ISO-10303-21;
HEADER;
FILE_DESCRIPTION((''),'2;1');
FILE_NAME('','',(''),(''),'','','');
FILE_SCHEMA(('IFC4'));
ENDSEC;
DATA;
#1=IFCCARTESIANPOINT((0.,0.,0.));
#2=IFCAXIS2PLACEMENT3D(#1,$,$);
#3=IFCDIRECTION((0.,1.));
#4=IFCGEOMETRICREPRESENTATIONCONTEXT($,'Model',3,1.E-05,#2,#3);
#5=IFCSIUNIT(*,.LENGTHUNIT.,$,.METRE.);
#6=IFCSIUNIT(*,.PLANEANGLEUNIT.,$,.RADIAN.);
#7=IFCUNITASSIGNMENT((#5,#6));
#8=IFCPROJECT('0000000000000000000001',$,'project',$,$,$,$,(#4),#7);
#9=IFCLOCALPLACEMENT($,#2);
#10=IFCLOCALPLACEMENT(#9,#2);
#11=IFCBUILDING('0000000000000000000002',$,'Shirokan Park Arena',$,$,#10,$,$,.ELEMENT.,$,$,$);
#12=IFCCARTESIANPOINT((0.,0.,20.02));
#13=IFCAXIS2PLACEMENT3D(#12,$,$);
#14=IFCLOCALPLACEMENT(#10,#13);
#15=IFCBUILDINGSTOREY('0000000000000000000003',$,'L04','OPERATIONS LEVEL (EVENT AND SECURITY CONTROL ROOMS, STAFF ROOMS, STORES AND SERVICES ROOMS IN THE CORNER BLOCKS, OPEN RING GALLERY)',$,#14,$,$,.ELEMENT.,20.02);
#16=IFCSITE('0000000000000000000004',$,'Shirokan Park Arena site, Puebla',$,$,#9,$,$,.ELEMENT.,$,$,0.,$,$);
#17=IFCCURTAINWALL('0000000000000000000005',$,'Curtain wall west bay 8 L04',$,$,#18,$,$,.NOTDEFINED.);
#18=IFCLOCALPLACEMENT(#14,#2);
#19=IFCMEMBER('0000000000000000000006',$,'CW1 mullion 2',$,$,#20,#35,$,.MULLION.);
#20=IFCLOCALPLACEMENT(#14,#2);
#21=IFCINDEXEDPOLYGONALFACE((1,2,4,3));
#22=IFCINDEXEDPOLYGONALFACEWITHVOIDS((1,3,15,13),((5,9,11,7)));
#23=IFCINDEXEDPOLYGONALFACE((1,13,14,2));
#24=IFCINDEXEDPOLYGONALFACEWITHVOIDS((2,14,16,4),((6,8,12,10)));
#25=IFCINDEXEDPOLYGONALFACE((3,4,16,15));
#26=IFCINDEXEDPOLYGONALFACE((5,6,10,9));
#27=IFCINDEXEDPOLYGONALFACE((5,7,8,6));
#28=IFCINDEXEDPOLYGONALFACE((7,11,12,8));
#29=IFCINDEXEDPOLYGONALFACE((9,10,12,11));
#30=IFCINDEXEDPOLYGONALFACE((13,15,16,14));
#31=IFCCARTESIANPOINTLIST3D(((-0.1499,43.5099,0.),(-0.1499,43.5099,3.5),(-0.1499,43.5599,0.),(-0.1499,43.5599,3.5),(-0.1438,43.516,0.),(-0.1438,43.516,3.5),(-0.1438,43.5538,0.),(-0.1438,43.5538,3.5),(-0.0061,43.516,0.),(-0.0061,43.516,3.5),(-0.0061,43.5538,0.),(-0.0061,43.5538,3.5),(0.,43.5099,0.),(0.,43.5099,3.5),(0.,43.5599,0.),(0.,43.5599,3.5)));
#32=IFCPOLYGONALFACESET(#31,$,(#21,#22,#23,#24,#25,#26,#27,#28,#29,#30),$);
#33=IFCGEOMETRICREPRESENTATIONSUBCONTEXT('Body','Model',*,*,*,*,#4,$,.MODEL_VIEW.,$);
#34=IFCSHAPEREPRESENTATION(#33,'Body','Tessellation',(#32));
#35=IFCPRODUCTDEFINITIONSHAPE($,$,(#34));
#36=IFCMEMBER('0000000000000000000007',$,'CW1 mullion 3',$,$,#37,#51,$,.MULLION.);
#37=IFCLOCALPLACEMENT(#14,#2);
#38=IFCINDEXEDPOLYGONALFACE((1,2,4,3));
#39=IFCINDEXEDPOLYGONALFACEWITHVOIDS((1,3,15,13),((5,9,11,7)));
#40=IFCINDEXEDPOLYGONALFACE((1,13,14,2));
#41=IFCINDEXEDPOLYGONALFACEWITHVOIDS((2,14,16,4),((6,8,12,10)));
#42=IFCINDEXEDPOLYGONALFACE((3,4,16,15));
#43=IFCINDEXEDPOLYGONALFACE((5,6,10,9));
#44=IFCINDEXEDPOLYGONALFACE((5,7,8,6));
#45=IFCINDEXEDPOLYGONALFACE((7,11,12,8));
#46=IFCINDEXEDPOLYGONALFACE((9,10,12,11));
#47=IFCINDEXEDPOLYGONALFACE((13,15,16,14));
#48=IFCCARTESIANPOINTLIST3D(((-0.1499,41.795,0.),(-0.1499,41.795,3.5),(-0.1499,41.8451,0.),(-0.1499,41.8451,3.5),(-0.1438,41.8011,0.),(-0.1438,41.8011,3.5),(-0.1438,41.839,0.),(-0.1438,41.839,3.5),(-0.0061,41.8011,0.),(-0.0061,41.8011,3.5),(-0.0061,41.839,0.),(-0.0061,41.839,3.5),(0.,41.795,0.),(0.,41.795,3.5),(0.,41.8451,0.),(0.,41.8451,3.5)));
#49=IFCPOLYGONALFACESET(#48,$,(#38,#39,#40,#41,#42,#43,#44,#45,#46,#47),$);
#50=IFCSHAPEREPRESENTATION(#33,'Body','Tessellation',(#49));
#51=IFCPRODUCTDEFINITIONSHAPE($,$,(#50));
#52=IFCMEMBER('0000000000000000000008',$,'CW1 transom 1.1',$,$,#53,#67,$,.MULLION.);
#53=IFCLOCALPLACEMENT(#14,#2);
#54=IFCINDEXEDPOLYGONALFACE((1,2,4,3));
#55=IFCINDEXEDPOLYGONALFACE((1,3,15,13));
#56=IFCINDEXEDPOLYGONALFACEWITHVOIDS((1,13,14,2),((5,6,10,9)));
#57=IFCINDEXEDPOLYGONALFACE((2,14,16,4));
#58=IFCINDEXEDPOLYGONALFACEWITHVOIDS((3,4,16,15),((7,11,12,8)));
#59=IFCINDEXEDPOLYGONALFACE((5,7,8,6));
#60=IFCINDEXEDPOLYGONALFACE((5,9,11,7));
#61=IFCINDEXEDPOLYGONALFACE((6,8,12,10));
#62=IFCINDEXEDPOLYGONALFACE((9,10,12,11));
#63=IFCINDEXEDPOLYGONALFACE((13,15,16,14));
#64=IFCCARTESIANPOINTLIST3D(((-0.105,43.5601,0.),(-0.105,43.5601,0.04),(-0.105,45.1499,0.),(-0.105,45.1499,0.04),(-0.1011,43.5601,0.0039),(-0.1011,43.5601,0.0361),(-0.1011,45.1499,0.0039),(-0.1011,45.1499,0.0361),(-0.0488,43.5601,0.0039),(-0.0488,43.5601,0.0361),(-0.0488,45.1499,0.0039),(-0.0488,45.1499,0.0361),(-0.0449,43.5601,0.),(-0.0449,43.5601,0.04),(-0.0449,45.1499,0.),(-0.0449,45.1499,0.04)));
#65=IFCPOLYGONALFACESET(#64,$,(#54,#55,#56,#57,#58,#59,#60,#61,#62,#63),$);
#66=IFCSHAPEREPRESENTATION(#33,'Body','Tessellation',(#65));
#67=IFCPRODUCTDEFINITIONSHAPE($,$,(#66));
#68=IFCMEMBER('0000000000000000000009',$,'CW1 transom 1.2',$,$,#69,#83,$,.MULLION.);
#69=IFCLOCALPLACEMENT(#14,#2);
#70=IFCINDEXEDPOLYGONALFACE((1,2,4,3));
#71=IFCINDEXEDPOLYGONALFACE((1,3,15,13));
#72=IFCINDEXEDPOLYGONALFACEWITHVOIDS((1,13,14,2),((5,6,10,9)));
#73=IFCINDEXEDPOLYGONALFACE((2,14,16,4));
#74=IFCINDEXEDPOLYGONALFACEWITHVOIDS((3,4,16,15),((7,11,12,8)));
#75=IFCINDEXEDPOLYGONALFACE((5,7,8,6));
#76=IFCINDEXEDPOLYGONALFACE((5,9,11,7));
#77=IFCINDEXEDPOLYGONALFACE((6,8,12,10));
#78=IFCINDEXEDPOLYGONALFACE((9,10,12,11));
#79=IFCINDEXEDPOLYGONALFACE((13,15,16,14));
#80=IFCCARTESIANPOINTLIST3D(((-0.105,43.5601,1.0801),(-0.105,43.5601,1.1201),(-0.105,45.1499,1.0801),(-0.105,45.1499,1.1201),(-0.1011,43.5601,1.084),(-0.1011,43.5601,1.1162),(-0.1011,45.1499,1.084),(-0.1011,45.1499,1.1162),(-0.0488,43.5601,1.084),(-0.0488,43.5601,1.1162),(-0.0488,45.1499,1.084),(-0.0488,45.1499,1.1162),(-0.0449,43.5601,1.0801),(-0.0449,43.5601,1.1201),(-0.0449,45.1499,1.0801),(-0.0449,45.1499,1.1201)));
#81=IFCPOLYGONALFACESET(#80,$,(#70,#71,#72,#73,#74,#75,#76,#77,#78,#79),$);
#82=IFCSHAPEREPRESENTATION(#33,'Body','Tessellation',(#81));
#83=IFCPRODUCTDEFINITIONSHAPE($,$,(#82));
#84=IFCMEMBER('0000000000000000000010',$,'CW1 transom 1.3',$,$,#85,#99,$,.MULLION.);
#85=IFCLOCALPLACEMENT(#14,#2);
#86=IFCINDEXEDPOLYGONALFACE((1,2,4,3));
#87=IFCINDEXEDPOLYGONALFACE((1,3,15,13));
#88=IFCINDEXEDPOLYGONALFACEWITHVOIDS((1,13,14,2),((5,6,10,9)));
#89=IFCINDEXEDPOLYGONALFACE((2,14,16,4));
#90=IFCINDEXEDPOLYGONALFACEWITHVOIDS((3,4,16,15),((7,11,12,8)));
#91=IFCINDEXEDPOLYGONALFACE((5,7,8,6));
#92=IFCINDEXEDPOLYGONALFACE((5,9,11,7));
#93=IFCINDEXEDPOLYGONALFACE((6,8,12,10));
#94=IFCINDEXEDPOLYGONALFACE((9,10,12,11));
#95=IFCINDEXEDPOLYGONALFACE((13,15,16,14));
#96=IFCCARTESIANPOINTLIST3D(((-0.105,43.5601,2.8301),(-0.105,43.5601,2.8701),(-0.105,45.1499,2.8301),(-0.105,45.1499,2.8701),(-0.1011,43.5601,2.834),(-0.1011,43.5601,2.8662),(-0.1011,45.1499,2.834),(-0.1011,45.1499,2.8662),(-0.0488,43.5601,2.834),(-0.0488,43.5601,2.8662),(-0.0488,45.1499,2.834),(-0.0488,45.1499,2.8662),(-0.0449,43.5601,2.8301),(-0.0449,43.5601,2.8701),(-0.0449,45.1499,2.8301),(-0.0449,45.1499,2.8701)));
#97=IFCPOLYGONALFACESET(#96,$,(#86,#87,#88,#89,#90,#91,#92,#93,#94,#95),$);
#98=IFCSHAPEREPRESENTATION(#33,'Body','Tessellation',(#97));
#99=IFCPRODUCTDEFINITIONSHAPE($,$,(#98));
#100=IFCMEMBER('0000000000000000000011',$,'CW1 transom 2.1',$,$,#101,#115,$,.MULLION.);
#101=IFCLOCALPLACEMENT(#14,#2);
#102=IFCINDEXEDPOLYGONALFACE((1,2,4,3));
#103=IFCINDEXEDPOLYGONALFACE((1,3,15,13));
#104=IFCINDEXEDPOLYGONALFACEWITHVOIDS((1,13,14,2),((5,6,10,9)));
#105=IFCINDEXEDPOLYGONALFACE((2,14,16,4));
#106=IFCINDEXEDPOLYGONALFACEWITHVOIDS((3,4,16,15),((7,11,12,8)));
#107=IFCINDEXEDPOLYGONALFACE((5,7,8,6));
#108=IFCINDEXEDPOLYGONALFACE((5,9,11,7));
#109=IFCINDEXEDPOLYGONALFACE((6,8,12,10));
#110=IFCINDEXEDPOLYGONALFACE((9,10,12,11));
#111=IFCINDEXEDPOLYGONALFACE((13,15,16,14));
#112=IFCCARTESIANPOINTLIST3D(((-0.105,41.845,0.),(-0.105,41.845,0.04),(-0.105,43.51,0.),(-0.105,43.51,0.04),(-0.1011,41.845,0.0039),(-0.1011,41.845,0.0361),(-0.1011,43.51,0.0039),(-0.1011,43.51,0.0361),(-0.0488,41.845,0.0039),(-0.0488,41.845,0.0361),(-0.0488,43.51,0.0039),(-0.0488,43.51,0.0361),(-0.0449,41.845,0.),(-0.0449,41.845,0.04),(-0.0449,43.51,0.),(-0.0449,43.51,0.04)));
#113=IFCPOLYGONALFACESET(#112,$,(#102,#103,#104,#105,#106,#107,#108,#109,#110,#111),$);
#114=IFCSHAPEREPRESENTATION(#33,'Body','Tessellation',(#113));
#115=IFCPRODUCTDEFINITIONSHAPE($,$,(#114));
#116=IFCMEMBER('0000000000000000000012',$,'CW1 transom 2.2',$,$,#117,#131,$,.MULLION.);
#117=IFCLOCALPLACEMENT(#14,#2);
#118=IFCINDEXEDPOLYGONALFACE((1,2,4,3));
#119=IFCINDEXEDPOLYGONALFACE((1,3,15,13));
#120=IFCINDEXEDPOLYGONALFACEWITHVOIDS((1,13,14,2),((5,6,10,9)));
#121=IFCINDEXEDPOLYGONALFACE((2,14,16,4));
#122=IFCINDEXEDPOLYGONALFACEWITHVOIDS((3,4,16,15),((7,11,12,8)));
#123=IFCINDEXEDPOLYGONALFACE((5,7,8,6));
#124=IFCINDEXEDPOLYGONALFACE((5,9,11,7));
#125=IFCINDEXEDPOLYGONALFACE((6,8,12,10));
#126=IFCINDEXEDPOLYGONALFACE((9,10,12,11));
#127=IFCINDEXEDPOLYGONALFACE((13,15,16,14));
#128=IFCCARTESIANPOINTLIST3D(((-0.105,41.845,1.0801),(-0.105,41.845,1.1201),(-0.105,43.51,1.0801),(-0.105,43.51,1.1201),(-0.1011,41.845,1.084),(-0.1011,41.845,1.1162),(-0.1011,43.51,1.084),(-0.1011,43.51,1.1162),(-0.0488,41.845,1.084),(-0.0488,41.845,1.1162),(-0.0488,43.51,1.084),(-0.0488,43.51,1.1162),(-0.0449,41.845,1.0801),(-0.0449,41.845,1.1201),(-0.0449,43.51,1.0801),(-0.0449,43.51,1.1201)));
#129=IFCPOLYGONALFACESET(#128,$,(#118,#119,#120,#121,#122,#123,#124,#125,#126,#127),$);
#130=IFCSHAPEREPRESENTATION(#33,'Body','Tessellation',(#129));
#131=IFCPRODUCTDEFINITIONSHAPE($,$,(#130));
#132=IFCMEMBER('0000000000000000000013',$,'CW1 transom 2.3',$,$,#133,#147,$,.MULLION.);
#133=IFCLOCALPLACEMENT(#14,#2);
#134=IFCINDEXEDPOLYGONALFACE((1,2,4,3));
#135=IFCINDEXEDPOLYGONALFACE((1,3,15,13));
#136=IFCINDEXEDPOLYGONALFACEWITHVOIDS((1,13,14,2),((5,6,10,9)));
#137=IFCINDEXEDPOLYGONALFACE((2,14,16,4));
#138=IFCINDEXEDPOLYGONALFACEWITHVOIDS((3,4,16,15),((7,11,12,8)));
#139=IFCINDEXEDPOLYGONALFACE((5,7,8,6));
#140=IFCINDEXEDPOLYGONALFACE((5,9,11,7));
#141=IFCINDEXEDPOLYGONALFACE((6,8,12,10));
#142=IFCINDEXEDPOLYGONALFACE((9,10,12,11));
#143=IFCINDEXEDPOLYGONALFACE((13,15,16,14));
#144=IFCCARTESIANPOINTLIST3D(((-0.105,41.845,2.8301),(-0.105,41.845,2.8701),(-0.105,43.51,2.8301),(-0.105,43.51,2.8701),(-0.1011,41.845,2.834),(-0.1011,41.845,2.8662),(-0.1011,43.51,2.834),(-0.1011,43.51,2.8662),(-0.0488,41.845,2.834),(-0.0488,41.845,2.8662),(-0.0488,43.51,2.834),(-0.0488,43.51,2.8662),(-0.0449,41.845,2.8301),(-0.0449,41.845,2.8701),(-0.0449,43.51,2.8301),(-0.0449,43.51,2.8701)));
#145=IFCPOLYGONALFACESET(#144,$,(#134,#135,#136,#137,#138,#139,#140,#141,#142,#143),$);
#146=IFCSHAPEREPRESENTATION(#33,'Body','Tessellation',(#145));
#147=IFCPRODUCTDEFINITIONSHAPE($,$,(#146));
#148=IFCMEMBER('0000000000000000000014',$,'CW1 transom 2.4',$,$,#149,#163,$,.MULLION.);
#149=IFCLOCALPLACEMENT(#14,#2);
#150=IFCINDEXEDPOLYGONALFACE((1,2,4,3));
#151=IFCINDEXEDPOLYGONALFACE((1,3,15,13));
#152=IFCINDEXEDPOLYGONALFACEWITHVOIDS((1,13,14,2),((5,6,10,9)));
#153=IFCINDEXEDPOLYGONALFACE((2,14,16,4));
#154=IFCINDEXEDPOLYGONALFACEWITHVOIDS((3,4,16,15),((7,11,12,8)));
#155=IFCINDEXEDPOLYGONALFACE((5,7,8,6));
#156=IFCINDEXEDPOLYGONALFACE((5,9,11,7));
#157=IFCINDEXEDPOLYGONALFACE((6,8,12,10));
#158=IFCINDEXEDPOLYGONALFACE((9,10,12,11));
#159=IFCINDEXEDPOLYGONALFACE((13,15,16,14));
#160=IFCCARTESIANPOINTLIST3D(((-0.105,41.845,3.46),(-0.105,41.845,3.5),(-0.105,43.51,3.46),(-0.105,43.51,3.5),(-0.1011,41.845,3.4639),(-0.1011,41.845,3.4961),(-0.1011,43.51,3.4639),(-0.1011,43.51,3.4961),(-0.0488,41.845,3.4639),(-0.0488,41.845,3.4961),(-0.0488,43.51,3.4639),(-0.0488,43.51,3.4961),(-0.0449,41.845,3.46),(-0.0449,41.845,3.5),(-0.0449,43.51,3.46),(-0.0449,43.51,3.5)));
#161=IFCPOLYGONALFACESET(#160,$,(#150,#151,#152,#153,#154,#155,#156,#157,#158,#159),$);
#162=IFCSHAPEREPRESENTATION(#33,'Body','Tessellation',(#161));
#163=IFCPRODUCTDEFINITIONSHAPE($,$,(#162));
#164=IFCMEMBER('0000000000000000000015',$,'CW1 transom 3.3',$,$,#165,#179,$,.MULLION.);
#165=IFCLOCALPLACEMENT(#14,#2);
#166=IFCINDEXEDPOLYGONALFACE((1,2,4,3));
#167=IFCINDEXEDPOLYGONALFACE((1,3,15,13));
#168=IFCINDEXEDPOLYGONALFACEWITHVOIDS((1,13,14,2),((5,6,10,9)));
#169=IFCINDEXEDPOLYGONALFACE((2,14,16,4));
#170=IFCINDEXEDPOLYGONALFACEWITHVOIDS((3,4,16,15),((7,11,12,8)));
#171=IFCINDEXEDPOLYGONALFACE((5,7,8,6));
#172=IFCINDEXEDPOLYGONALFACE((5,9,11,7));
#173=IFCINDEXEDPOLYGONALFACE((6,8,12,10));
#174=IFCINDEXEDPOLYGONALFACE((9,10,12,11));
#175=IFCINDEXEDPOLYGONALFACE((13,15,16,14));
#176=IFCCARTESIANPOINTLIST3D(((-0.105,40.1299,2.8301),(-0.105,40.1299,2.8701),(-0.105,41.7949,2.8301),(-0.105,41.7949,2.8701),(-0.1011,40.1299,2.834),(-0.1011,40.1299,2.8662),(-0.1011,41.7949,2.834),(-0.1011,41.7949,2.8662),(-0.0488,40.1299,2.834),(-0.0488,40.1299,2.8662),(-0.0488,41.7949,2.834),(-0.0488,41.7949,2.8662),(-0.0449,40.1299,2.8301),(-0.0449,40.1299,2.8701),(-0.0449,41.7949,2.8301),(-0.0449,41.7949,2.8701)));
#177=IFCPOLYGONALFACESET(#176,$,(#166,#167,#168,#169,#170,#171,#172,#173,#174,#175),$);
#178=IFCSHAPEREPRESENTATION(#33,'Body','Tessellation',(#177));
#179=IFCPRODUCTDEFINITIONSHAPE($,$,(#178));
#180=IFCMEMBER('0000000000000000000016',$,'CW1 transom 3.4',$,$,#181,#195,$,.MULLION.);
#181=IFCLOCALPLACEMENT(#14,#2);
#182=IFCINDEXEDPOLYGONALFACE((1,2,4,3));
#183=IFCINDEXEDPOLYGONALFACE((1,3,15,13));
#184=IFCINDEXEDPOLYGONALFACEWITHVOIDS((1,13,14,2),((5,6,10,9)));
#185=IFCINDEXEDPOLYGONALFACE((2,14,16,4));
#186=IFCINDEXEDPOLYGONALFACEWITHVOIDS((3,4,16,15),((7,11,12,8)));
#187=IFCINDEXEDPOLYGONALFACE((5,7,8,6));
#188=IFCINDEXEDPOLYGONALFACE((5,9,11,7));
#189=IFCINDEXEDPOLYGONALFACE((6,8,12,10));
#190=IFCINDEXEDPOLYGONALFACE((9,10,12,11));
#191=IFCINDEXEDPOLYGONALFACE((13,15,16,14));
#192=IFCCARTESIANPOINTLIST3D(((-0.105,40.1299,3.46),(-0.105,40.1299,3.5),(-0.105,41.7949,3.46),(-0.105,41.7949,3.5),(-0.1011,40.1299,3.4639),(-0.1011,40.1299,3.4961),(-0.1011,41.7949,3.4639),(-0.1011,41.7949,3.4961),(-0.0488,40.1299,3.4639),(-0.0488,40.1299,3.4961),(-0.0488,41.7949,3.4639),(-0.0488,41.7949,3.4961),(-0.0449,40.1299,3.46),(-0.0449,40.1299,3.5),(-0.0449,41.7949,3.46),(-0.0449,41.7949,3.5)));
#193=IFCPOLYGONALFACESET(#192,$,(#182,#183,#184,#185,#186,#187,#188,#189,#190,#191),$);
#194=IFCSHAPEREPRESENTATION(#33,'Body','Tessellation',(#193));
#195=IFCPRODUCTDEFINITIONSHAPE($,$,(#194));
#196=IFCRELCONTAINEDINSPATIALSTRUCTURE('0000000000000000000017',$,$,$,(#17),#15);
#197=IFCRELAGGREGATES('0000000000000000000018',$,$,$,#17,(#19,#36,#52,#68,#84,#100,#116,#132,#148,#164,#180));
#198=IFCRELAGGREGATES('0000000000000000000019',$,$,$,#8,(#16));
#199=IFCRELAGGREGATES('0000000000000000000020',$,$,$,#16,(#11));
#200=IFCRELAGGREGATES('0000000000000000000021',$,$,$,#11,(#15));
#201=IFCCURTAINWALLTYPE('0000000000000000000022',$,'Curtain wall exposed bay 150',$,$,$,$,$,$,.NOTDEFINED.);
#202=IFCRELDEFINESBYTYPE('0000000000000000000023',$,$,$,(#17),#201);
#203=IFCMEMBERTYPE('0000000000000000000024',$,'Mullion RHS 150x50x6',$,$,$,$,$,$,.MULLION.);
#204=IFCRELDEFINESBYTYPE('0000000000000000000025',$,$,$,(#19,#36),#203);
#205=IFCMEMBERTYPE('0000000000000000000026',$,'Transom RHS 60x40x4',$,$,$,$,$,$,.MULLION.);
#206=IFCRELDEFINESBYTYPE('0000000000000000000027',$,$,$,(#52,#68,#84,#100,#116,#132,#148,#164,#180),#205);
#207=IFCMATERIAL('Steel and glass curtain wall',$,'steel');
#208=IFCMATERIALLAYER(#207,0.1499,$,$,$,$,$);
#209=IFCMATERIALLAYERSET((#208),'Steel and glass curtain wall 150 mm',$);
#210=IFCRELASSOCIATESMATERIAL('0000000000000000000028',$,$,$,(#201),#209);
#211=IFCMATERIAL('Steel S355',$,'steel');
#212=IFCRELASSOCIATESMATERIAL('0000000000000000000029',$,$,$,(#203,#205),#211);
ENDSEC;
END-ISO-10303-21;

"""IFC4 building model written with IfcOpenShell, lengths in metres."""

from ifc_helpers import new_model, si_unit, direction, frame, origin, origin_2d, place, context, subcontext, project, spatial, hollow_rectangle, extrude, material, layer, layer_set, material_profile, profile_set, type_object, element, aggregate, save


model = new_model("IFC4")

# Units and contexts
model_context = context("Model", 3, precision=1e-05, world=origin(), true_north=direction((0.0, 1.0)))
body_context = subcontext(model_context, "Body", "Model", "MODEL_VIEW")
ifc_project = project(units=[si_unit("LENGTHUNIT", "METRE"), si_unit("PLANEANGLEUNIT", "RADIAN")], contexts=[model_context])

# Site, building, storey
site_placement = place(None, origin())
site = spatial("IfcSite", under=ifc_project, at=site_placement, Name="Shirokan Park Arena site, Puebla", CompositionType="ELEMENT", RefElevation=0.0)
building_placement = place(site_placement, origin())
building = spatial("IfcBuilding", under=site, at=building_placement, Name="Shirokan Park Arena", CompositionType="ELEMENT")
storey_placement = place(building_placement, frame((0.0, 0.0, 20.02)))
storey = spatial("IfcBuildingStorey", under=building, at=storey_placement, Name="L04", Description="OPERATIONS LEVEL (EVENT AND SECURITY CONTROL ROOMS, STAFF ROOMS, STORES AND SERVICES ROOMS IN THE CORNER BLOCKS, OPEN RING GALLERY)", CompositionType="ELEMENT", Elevation=20.02)

# Curtain wall, members
ifc_material_1 = material(Name="Steel and glass curtain wall", Category="steel")
ifc_layer_1 = layer(ifc_material_1, 0.1499)
ifc_layer_set_1 = layer_set([ifc_layer_1], Name="Steel and glass curtain wall 150 mm")
curtain_wall_type = type_object("IfcCurtainWallType", Name="Curtain wall exposed bay 150", PredefinedType="NOTDEFINED", material=ifc_layer_set_1)
curtain_wall_placement = place(storey_placement, origin())
curtain_wall = element("IfcCurtainWall", 1, at=curtain_wall_placement, inside=storey, type_object=curtain_wall_type, Name="Curtain wall west bay 8 L04", PredefinedType="NOTDEFINED")
ifc_material_2 = material(Name="Steel S355", Category="steel")
ifc_material_profile_1 = material_profile(ifc_material_2, hollow_rectangle(XDim=0.1499, YDim=0.05, WallThickness=0.0061, at=origin_2d()), Name="RHS 150x50x6")
ifc_profile_set_1 = profile_set([ifc_material_profile_1], Name="Steel S355")
member_type_1 = type_object("IfcMemberType", Name="Mullion RHS 150x50x6", PredefinedType="MULLION", material=ifc_profile_set_1)
member_1_placement = place(storey_placement, frame((-0.075, 43.5349, 0.0), z_axis=(0.0, 0.0, 1.0), x_axis=(1.0, 0.0, 0.0)))
member_1 = element("IfcMember", 2, at=member_1_placement, type_object=member_type_1, Name="CW1 mullion 2", PredefinedType="MULLION", context=body_context, shape_type="SweptSolid", body=[
    extrude(hollow_rectangle(XDim=0.1499, YDim=0.05, WallThickness=0.0061, at=origin_2d()), origin(), (0.0, 0.0, 1.0), 3.5),
])
member_2_placement = place(storey_placement, frame((-0.075, 41.8201, 0.0), z_axis=(0.0, 0.0, 1.0), x_axis=(1.0, 0.0, 0.0)))
member_2 = element("IfcMember", 3, at=member_2_placement, type_object=member_type_1, Name="CW1 mullion 3", PredefinedType="MULLION", context=body_context, shape_type="SweptSolid", body=[
    extrude(hollow_rectangle(XDim=0.1499, YDim=0.05, WallThickness=0.0061, at=origin_2d()), origin(), (0.0, 0.0, 1.0), 3.5),
])
ifc_material_profile_2 = material_profile(ifc_material_2, hollow_rectangle(XDim=0.0601, YDim=0.04, WallThickness=0.0039, at=origin_2d()), Name="RHS 60x40x4")
ifc_profile_set_2 = profile_set([ifc_material_profile_2], Name="Steel S355")
member_type_2 = type_object("IfcMemberType", Name="Transom RHS 60x40x4", PredefinedType="MULLION", material=ifc_profile_set_2)
member_3_placement = place(storey_placement, frame((-0.075, 45.1499, 0.02), z_axis=(0.0, -1.0, 0.0), x_axis=(1.0, 0.0, 0.0)))
member_3 = element("IfcMember", 4, at=member_3_placement, type_object=member_type_2, Name="CW1 transom 1.1", PredefinedType="MULLION", context=body_context, shape_type="SweptSolid", body=[
    extrude(hollow_rectangle(XDim=0.0601, YDim=0.04, WallThickness=0.0039, at=origin_2d()), origin(), (0.0, 0.0, 1.0), 1.5898),
])
member_4_placement = place(storey_placement, frame((-0.075, 45.1499, 1.1001), z_axis=(0.0, -1.0, 0.0), x_axis=(1.0, 0.0, 0.0)))
member_4 = element("IfcMember", 5, at=member_4_placement, type_object=member_type_2, Name="CW1 transom 1.2", PredefinedType="MULLION", context=body_context, shape_type="SweptSolid", body=[
    extrude(hollow_rectangle(XDim=0.0601, YDim=0.04, WallThickness=0.0039, at=origin_2d()), origin(), (0.0, 0.0, 1.0), 1.5898),
])
member_5_placement = place(storey_placement, frame((-0.075, 45.1499, 2.8501), z_axis=(0.0, -1.0, 0.0), x_axis=(1.0, 0.0, 0.0)))
member_5 = element("IfcMember", 6, at=member_5_placement, type_object=member_type_2, Name="CW1 transom 1.3", PredefinedType="MULLION", context=body_context, shape_type="SweptSolid", body=[
    extrude(hollow_rectangle(XDim=0.0601, YDim=0.04, WallThickness=0.0039, at=origin_2d()), origin(), (0.0, 0.0, 1.0), 1.5898),
])
member_6_placement = place(storey_placement, frame((-0.075, 43.51, 0.02), z_axis=(0.0, -1.0, 0.0), x_axis=(1.0, 0.0, 0.0)))
member_6 = element("IfcMember", 7, at=member_6_placement, type_object=member_type_2, Name="CW1 transom 2.1", PredefinedType="MULLION", context=body_context, shape_type="SweptSolid", body=[
    extrude(hollow_rectangle(XDim=0.0601, YDim=0.04, WallThickness=0.0039, at=origin_2d()), origin(), (0.0, 0.0, 1.0), 1.665),
])
member_7_placement = place(storey_placement, frame((-0.075, 43.51, 1.1001), z_axis=(0.0, -1.0, 0.0), x_axis=(1.0, 0.0, 0.0)))
member_7 = element("IfcMember", 8, at=member_7_placement, type_object=member_type_2, Name="CW1 transom 2.2", PredefinedType="MULLION", context=body_context, shape_type="SweptSolid", body=[
    extrude(hollow_rectangle(XDim=0.0601, YDim=0.04, WallThickness=0.0039, at=origin_2d()), origin(), (0.0, 0.0, 1.0), 1.665),
])
member_8_placement = place(storey_placement, frame((-0.075, 43.51, 2.8501), z_axis=(0.0, -1.0, 0.0), x_axis=(1.0, 0.0, 0.0)))
member_8 = element("IfcMember", 9, at=member_8_placement, type_object=member_type_2, Name="CW1 transom 2.3", PredefinedType="MULLION", context=body_context, shape_type="SweptSolid", body=[
    extrude(hollow_rectangle(XDim=0.0601, YDim=0.04, WallThickness=0.0039, at=origin_2d()), origin(), (0.0, 0.0, 1.0), 1.665),
])
member_9_placement = place(storey_placement, frame((-0.075, 43.51, 3.48), z_axis=(0.0, -1.0, 0.0), x_axis=(1.0, 0.0, 0.0)))
member_9 = element("IfcMember", 10, at=member_9_placement, type_object=member_type_2, Name="CW1 transom 2.4", PredefinedType="MULLION", context=body_context, shape_type="SweptSolid", body=[
    extrude(hollow_rectangle(XDim=0.0601, YDim=0.04, WallThickness=0.0039, at=origin_2d()), origin(), (0.0, 0.0, 1.0), 1.665),
])
member_10_placement = place(storey_placement, frame((-0.075, 41.7949, 2.8501), z_axis=(0.0, -1.0, 0.0), x_axis=(1.0, 0.0, 0.0)))
member_10 = element("IfcMember", 11, at=member_10_placement, type_object=member_type_2, Name="CW1 transom 3.3", PredefinedType="MULLION", context=body_context, shape_type="SweptSolid", body=[
    extrude(hollow_rectangle(XDim=0.0601, YDim=0.04, WallThickness=0.0039, at=origin_2d()), origin(), (0.0, 0.0, 1.0), 1.665),
])
member_11_placement = place(storey_placement, frame((-0.075, 41.7949, 3.48), z_axis=(0.0, -1.0, 0.0), x_axis=(1.0, 0.0, 0.0)))
member_11 = element("IfcMember", 12, at=member_11_placement, type_object=member_type_2, Name="CW1 transom 3.4", PredefinedType="MULLION", context=body_context, shape_type="SweptSolid", body=[
    extrude(hollow_rectangle(XDim=0.0601, YDim=0.04, WallThickness=0.0039, at=origin_2d()), origin(), (0.0, 0.0, 1.0), 1.665),
])
aggregate(curtain_wall, [member_1, member_2, member_3, member_4, member_5, member_6, member_7, member_8, member_9, member_10, member_11])

save(model, "model.ifc")
